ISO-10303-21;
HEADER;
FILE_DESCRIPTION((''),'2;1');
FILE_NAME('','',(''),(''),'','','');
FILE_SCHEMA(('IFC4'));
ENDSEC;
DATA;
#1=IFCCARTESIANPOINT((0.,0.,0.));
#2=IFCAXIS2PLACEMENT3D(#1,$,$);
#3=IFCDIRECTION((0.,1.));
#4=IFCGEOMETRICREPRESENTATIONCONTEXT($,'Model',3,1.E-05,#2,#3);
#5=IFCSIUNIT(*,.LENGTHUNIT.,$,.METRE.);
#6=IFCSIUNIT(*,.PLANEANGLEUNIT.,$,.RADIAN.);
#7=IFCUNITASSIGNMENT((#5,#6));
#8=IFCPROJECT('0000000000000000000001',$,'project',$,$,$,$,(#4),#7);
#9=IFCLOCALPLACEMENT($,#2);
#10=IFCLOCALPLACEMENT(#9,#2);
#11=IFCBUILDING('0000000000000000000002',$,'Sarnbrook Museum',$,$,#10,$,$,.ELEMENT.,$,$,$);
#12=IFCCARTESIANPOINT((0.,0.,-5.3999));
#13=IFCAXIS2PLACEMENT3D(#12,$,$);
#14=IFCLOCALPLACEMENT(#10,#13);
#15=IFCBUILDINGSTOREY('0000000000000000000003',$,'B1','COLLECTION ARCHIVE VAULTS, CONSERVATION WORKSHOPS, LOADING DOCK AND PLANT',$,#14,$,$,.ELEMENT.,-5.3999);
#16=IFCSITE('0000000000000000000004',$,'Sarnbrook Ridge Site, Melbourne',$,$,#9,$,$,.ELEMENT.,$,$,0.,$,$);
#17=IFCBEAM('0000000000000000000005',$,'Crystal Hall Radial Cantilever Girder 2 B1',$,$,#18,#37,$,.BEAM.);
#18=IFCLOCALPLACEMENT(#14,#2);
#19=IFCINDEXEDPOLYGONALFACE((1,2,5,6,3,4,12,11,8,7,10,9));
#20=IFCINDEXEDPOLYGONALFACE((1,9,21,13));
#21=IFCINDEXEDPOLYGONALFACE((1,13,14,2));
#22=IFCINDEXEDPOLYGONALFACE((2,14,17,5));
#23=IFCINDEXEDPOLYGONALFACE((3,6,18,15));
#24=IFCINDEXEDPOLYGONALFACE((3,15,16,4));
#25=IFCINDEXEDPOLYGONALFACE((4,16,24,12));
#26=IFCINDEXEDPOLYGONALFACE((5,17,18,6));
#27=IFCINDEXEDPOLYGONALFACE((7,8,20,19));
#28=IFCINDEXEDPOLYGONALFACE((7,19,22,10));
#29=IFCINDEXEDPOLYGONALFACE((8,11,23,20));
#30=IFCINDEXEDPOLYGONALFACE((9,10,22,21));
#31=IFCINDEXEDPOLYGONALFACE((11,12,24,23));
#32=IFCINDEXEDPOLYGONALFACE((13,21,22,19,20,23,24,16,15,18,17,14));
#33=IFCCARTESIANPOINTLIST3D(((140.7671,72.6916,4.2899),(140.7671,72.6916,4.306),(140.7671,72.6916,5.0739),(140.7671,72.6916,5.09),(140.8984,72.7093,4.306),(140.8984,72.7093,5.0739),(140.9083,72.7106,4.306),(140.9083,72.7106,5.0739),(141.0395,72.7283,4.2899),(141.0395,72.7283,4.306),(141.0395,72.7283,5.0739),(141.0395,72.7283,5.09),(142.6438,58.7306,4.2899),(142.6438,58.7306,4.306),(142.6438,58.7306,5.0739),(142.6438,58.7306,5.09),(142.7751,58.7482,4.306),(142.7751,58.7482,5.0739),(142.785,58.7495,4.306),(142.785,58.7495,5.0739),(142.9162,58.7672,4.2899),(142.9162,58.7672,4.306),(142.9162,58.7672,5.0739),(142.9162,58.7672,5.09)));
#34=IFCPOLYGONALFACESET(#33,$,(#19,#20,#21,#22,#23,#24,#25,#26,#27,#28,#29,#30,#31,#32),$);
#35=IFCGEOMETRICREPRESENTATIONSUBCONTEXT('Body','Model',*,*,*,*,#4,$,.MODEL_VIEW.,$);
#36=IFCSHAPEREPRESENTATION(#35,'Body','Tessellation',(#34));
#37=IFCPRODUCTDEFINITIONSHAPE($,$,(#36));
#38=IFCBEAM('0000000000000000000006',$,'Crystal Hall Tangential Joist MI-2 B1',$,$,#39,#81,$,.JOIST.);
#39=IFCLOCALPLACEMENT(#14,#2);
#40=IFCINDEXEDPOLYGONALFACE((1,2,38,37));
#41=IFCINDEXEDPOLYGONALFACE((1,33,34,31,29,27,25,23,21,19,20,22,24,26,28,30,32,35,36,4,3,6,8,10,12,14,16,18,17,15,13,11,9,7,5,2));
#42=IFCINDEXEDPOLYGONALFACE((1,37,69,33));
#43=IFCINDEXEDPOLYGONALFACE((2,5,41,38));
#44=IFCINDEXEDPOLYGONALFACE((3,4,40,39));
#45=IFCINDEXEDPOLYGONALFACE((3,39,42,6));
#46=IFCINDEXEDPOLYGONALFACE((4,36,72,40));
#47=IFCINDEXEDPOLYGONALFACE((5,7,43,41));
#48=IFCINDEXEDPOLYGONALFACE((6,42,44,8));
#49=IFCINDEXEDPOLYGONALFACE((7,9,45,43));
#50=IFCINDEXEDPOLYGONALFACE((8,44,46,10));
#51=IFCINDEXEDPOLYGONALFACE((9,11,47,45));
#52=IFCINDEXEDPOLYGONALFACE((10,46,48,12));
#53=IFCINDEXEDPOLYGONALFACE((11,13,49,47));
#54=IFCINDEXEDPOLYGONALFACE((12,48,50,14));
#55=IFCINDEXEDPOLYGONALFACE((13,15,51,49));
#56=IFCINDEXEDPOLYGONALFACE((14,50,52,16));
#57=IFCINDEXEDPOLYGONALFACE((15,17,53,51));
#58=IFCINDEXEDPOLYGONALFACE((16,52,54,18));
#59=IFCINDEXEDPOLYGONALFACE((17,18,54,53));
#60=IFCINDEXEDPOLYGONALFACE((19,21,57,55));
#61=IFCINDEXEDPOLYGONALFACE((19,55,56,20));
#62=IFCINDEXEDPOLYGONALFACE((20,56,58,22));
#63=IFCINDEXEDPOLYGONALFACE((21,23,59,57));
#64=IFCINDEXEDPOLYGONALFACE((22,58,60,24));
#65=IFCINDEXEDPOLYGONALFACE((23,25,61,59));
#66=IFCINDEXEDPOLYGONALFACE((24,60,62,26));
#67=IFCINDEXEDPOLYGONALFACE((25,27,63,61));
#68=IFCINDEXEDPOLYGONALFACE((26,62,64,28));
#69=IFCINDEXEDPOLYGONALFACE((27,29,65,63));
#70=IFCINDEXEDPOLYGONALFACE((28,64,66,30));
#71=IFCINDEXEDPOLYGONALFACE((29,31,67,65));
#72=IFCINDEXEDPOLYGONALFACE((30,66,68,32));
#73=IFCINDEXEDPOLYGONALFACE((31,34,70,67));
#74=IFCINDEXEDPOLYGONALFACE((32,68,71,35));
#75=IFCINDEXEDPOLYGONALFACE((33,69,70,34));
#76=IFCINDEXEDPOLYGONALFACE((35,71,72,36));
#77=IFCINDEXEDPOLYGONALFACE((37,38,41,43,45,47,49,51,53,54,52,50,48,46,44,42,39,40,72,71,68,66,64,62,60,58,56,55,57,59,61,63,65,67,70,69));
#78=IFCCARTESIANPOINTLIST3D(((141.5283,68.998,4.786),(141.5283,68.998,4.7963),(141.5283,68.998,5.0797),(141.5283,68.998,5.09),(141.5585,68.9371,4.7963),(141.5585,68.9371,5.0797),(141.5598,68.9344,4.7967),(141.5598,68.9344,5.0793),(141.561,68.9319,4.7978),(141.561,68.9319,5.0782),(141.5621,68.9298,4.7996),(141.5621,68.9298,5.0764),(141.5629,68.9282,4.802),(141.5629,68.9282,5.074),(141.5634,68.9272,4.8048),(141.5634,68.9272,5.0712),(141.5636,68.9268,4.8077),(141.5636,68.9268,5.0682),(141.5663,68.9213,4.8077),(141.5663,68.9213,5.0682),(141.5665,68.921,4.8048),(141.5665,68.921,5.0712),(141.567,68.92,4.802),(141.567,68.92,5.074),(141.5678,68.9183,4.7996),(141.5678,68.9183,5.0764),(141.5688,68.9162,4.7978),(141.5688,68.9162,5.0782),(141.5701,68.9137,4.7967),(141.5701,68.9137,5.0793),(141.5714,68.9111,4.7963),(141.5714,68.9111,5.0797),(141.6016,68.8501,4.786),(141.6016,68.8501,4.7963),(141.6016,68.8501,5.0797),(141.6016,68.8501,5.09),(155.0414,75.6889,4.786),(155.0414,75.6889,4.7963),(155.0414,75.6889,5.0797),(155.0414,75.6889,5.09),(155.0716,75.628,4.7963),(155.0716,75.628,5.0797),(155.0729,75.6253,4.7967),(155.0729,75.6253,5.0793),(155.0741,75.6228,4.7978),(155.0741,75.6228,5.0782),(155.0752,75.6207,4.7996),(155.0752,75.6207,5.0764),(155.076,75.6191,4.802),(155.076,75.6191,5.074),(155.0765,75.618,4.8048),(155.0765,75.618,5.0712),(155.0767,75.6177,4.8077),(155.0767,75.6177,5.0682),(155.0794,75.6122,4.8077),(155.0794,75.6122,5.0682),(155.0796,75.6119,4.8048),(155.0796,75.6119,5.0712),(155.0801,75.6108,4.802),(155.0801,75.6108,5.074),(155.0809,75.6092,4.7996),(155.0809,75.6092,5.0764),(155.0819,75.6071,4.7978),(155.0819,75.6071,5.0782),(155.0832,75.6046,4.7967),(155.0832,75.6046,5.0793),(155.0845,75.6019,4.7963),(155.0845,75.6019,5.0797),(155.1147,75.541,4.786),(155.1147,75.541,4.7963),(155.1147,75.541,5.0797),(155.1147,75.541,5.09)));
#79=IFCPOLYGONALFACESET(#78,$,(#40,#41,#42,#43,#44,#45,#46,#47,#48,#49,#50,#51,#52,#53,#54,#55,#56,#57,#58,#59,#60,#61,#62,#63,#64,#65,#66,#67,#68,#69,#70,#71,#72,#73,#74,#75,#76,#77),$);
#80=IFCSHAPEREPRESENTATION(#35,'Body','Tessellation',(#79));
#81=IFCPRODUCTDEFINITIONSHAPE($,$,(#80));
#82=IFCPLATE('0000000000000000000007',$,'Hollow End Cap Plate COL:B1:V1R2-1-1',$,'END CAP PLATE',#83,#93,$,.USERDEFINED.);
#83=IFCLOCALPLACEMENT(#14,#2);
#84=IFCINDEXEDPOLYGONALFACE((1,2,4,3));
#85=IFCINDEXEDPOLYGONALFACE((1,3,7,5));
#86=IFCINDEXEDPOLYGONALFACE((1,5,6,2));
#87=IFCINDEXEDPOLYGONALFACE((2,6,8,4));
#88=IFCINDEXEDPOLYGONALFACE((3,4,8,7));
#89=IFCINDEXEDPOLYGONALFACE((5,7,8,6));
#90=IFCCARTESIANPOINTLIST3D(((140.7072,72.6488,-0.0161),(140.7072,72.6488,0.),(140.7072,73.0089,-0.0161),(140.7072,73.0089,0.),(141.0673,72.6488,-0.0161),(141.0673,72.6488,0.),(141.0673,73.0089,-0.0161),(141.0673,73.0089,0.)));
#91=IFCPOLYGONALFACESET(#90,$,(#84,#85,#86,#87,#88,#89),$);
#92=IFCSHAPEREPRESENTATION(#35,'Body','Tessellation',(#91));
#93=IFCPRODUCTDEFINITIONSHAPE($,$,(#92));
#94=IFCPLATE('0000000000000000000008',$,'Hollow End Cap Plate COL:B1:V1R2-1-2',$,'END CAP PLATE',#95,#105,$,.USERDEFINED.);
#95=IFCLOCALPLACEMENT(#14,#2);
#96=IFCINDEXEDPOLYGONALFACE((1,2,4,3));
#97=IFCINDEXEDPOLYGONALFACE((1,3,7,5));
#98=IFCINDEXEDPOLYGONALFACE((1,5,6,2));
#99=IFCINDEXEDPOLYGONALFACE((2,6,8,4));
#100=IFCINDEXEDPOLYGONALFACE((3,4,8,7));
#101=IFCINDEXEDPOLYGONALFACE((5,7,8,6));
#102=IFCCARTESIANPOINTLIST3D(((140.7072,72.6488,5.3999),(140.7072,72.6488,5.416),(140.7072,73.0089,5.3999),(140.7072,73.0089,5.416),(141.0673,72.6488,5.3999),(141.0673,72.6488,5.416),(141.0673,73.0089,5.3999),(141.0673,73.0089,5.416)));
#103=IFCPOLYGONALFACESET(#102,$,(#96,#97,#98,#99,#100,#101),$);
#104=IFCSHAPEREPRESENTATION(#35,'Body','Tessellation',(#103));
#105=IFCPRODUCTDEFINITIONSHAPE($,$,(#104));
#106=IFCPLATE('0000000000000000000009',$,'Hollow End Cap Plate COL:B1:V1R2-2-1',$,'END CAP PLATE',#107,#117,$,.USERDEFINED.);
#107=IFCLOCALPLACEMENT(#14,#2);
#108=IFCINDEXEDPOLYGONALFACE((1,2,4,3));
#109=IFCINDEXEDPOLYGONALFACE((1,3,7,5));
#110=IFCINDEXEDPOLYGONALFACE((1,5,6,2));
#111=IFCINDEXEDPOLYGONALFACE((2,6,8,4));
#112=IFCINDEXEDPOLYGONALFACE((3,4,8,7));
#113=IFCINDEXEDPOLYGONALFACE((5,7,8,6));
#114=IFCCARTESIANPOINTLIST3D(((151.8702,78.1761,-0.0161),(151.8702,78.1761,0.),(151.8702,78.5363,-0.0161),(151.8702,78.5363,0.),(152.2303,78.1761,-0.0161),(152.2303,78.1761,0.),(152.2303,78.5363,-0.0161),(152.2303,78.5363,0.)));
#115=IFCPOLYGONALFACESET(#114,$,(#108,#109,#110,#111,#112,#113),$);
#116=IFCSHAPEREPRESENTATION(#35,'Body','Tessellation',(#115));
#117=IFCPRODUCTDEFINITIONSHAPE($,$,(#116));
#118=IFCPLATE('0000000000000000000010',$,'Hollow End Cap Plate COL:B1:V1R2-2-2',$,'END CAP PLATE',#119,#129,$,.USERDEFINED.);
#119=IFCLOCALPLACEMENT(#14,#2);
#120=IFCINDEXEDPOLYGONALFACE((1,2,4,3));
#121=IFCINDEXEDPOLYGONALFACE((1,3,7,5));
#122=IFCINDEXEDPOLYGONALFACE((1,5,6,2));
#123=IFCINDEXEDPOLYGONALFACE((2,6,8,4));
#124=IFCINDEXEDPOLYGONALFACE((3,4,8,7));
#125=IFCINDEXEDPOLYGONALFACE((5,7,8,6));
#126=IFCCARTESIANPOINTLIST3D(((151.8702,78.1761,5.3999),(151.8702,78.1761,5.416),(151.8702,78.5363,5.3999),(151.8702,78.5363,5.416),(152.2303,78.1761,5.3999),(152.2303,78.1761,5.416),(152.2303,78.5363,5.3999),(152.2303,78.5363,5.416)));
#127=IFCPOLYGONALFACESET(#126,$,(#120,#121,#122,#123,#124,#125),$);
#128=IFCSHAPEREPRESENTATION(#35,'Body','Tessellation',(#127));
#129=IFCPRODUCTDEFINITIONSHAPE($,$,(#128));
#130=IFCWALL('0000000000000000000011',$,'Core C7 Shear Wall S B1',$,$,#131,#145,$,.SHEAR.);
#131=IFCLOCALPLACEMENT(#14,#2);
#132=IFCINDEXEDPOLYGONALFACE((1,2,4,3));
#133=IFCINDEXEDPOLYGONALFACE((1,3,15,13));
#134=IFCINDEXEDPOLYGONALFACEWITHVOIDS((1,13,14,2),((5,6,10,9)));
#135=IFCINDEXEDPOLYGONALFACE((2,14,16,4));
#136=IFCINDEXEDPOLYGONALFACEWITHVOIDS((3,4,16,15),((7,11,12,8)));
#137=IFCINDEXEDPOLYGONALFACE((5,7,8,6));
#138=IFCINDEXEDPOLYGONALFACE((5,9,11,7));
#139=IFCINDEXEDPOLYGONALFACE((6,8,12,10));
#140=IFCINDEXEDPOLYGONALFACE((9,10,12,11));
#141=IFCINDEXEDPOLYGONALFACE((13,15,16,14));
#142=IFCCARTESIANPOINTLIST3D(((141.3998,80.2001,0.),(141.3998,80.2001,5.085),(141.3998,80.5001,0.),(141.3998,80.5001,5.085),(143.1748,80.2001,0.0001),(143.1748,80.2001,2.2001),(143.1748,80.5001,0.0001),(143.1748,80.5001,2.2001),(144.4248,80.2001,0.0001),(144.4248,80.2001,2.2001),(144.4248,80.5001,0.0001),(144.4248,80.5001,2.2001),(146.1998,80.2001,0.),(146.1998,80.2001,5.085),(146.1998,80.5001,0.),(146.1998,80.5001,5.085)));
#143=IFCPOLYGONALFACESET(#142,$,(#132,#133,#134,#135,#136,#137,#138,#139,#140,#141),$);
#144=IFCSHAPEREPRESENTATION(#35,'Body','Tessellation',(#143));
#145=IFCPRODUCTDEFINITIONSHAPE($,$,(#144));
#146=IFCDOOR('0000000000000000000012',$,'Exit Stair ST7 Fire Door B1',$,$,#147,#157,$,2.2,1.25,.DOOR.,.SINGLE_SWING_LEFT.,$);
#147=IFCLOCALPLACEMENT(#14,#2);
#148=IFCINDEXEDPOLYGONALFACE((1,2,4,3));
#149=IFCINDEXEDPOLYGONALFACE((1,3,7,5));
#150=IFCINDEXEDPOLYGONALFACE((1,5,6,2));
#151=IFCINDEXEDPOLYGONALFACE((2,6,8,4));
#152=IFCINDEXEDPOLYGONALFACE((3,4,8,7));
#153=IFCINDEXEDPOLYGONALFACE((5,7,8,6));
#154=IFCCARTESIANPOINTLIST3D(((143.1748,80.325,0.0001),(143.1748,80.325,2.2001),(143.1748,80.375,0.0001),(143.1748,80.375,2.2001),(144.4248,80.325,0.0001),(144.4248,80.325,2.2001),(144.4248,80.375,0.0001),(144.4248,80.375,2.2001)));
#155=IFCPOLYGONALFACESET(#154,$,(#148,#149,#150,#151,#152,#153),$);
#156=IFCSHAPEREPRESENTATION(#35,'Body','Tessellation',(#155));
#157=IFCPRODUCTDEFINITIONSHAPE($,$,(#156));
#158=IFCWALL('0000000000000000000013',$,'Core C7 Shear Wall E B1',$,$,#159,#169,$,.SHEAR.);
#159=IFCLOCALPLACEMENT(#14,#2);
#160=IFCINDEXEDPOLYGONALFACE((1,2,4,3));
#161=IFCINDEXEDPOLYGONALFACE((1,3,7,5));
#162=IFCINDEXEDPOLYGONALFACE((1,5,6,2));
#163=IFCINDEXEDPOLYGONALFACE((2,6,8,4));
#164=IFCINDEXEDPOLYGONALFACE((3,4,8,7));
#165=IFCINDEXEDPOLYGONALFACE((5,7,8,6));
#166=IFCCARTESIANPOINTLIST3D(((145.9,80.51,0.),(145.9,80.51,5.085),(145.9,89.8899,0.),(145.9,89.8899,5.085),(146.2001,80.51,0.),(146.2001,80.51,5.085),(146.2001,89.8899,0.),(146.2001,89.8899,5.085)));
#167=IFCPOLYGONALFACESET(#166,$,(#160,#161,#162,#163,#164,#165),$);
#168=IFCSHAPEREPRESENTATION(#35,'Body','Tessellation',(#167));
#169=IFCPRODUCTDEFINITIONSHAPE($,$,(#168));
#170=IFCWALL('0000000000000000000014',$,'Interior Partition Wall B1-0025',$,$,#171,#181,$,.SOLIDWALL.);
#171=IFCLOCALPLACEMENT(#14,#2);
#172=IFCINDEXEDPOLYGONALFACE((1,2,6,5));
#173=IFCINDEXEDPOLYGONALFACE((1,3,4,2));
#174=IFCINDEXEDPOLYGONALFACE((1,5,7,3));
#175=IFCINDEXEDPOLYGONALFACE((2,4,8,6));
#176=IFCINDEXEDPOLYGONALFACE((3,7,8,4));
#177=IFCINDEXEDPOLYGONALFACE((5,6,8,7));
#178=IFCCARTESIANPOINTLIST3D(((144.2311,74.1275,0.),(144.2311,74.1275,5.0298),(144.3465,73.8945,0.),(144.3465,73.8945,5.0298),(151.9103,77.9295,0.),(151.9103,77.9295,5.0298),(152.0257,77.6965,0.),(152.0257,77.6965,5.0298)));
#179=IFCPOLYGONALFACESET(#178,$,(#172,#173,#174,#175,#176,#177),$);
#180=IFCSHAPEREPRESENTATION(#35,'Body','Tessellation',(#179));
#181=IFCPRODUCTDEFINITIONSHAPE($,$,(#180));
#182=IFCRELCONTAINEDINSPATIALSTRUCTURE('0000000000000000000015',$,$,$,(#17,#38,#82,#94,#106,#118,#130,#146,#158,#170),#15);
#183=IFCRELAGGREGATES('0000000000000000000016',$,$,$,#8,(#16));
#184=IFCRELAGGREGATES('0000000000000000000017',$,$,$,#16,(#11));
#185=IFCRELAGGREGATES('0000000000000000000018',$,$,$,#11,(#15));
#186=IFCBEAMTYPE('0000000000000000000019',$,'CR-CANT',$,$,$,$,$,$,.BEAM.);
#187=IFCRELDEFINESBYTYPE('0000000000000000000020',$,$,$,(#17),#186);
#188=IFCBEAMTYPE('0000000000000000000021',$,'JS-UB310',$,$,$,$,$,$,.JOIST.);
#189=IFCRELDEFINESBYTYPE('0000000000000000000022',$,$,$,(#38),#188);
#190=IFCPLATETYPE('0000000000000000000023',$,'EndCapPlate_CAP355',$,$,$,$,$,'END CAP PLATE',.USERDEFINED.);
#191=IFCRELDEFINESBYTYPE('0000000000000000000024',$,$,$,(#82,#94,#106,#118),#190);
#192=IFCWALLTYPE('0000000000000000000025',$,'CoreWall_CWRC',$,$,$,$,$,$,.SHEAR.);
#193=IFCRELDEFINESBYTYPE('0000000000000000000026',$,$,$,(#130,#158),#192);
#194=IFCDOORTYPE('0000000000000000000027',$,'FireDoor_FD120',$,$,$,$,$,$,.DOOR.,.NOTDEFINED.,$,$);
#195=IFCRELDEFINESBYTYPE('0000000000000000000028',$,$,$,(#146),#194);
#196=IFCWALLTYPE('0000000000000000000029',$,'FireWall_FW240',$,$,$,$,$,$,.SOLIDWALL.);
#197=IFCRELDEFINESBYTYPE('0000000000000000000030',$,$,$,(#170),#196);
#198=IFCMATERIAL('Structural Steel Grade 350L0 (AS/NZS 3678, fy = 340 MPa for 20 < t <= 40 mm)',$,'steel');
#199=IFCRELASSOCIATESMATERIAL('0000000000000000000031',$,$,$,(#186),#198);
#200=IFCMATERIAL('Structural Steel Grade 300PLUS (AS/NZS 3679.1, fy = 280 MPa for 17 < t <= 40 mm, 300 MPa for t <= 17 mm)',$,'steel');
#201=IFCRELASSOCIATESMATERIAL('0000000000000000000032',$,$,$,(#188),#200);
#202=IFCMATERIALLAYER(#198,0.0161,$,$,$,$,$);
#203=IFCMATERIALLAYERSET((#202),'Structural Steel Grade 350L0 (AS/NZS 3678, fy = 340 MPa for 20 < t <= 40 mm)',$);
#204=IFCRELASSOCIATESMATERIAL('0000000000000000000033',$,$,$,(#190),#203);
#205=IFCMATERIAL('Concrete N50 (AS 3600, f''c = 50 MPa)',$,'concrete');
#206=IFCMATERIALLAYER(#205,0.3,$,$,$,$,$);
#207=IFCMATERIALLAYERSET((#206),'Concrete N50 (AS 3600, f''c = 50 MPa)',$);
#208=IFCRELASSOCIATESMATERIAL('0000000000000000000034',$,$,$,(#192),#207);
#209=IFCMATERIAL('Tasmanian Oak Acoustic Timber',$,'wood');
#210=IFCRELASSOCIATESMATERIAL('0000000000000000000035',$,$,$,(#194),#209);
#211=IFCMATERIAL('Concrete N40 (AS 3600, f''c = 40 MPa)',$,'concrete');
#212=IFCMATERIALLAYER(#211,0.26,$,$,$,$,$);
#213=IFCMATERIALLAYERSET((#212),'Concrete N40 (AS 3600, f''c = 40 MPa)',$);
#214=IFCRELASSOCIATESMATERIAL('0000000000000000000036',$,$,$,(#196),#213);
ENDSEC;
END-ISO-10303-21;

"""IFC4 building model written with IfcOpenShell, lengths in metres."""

from ifc_helpers import new_model, si_unit, direction, frame, frame_2d, origin, origin_2d, place, context, subcontext, project, spatial, rectangle, i_section, extrude, material, layer, layer_set, material_profile, profile_set, type_object, element, fill, save


model = new_model("IFC4")

# Units and contexts
model_context = context("Model", 3, precision=1e-05, world=origin(), true_north=direction((0.0, 1.0)))
body_context = subcontext(model_context, "Body", "Model", "MODEL_VIEW")
ifc_project = project(units=[si_unit("LENGTHUNIT", "METRE"), si_unit("PLANEANGLEUNIT", "RADIAN")], contexts=[model_context])

# Site, building, storey
site_placement = place(None, origin())
site = spatial("IfcSite", under=ifc_project, at=site_placement, Name="Sarnbrook Ridge Site, Melbourne", CompositionType="ELEMENT", RefElevation=0.0)
building_placement = place(site_placement, origin())
building = spatial("IfcBuilding", under=site, at=building_placement, Name="Sarnbrook Museum", CompositionType="ELEMENT")
storey_placement = place(building_placement, frame((0.0, 0.0, -5.3999)))
storey = spatial("IfcBuildingStorey", under=building, at=storey_placement, Name="B1", Description="COLLECTION ARCHIVE VAULTS, CONSERVATION WORKSHOPS, LOADING DOCK AND PLANT", CompositionType="ELEMENT", Elevation=-5.3999)

# Shared definitions
ifc_material_1 = material(Name="Concrete N50 (AS 3600, f'c = 50 MPa)", Category="concrete")

# Shared definitions
ifc_material_2 = material(Name="Concrete N40 (AS 3600, f'c = 40 MPa)", Category="concrete")

# Beams
ifc_material_3 = material(Name="Structural Steel Grade 300PLUS (AS/NZS 3679.1, fy = 280 MPa for 17 < t <= 40 mm, 300 MPa for t <= 17 mm)", Category="steel")
ifc_material_4 = material(Name="Structural Steel Grade 350L0 (AS/NZS 3678, fy = 340 MPa for 20 < t <= 40 mm)", Category="steel")
ifc_material_profile_1 = material_profile(ifc_material_4, i_section(OverallWidth=0.2749, OverallDepth=0.8, WebThickness=0.01, FlangeThickness=0.0161, at=origin_2d()), Name="800WB146")
ifc_profile_set_1 = profile_set([ifc_material_profile_1], Name="Structural Steel Grade 350L0 (AS/NZS 3678, fy = 340 MPa for 20 < t <= 40 mm)")
beam_type_1 = type_object("IfcBeamType", Name="CR-CANT", PredefinedType="BEAM", material=ifc_profile_set_1)
beam_1_placement = place(storey_placement, frame((140.9033, 72.71, 4.6899), z_axis=(0.133225, -0.991086, 0.0), x_axis=(0.991086, 0.133225, 0.0)))
element("IfcBeam", 1, at=beam_1_placement, inside=storey, type_object=beam_type_1, Name="Crystal Hall Radial Cantilever Girder 2 B1", PredefinedType="BEAM", context=body_context, shape_type="SweptSolid", body=[
    extrude(i_section(OverallWidth=0.2749, OverallDepth=0.8, WebThickness=0.01, FlangeThickness=0.0161, at=origin_2d()), origin(), (0.0, 0.0, 1.0), 14.0867),
])
ifc_material_profile_2 = material_profile(ifc_material_3, i_section(OverallWidth=0.165, OverallDepth=0.304, WebThickness=0.0061, FlangeThickness=0.0103, FilletRadius=0.0115, at=origin_2d()), Name="310UB40.4")
ifc_profile_set_2 = profile_set([ifc_material_profile_2], Name="Structural Steel Grade 300PLUS (AS/NZS 3679.1, fy = 280 MPa for 17 < t <= 40 mm, 300 MPa for t <= 17 mm)")
beam_type_2 = type_object("IfcBeamType", Name="JS-UB310", PredefinedType="JOIST", material=ifc_profile_set_2)
beam_2_placement = place(storey_placement, frame((141.5649, 68.9241, 4.938), z_axis=(0.896163, 0.443726, 0.0), x_axis=(-0.443726, 0.896163, 0.0)))
element("IfcBeam", 2, at=beam_2_placement, inside=storey, type_object=beam_type_2, Name="Crystal Hall Tangential Joist MI-2 B1", PredefinedType="JOIST", context=body_context, shape_type="SweptSolid", body=[
    extrude(i_section(OverallWidth=0.165, OverallDepth=0.304, WebThickness=0.0061, FlangeThickness=0.0103, FilletRadius=0.0115, at=origin_2d()), origin(), (0.0, 0.0, 1.0), 15.0789),
])

# Plates
ifc_layer_1 = layer(ifc_material_4, 0.0161)
ifc_layer_set_1 = layer_set([ifc_layer_1], Name="Structural Steel Grade 350L0 (AS/NZS 3678, fy = 340 MPa for 20 < t <= 40 mm)")
plate_type = type_object("IfcPlateType", Name="EndCapPlate_CAP355", ElementType="END CAP PLATE", PredefinedType="USERDEFINED", material=ifc_layer_set_1)
for number, where, z_axis, x_axis, name in (
    (3, (140.8872, 72.8289, -0.0161), (0.0, 0.0, 1.0), (1.0, 0.0, 0.0), "Hollow End Cap Plate COL:B1:V1R2-1-1"),
    (4, (140.8872, 72.8289, 5.3999), (0.0, 0.0, 1.0), (1.0, 0.0, 0.0), "Hollow End Cap Plate COL:B1:V1R2-1-2"),
    (5, (152.0503, 78.3562, -0.0161), (0.0, 0.0, 1.0), (1.0, 0.0, 0.0), "Hollow End Cap Plate COL:B1:V1R2-2-1"),
    (6, (152.0503, 78.3562, 5.3999), (0.0, 0.0, 1.0), (1.0, 0.0, 0.0), "Hollow End Cap Plate COL:B1:V1R2-2-2"),
):
    element("IfcPlate", number, at=place(storey_placement, frame(where, z_axis=z_axis, x_axis=x_axis)), inside=storey, type_object=plate_type, Name=name, ObjectType="END CAP PLATE", PredefinedType="USERDEFINED", context=body_context, shape_type="SweptSolid", body=[
        extrude(rectangle(XDim=0.3601, YDim=0.3601, at=origin_2d()), origin(), (0.0, 0.0, 1.0), 0.0161),
    ])

# Wall, opening, door
ifc_layer_2 = layer(ifc_material_1, 0.3)
ifc_layer_set_2 = layer_set([ifc_layer_2], Name="Concrete N50 (AS 3600, f'c = 50 MPa)")
wall_type_1 = type_object("IfcWallType", Name="CoreWall_CWRC", PredefinedType="SHEAR", material=ifc_layer_set_2)
wall_1_placement = place(storey_placement, frame((141.3999, 80.3501, 0.0), z_axis=(0.0, 0.0, 1.0), x_axis=(1.0, 0.0, 0.0)))
wall_1 = element("IfcWall", 7, at=wall_1_placement, inside=storey, type_object=wall_type_1, Name="Core C7 Shear Wall S B1", PredefinedType="SHEAR", context=body_context, shape_type="SweptSolid", body=[
    extrude(rectangle(XDim=4.8, YDim=0.3, at=frame_2d((2.3999, 0.0))), origin(), (0.0, 0.0, 1.0), 5.085),
])
opening_placement = place(wall_1_placement, frame((1.7749, 0.0, 0.0)))
opening = element("IfcOpeningElement", 8, at=opening_placement, cuts=wall_1, PredefinedType="OPENING", context=body_context, shape_type="SweptSolid", body=[
    extrude(rectangle(XDim=1.25, YDim=2.2, at=frame_2d((0.625, 1.1001))), frame((0.0, 0.1602, 0.0), z_axis=(0.0, -1.0, 0.0), x_axis=(1.0, 0.0, 0.0)), (0.0, 0.0, 1.0), 0.3201),
])
ifc_material_5 = material(Name="Tasmanian Oak Acoustic Timber", Category="wood")
door_type = type_object("IfcDoorType", Name="FireDoor_FD120", OperationType="NOTDEFINED", PredefinedType="DOOR", material=ifc_material_5)
door_placement = place(opening_placement, origin())
door = element("IfcDoor", 9, at=door_placement, inside=storey, type_object=door_type, Name="Exit Stair ST7 Fire Door B1", OperationType="SINGLE_SWING_LEFT", OverallHeight=2.2, OverallWidth=1.25, PredefinedType="DOOR", context=body_context, shape_type="SweptSolid", body=[
    extrude(rectangle(XDim=1.25, YDim=2.2, at=frame_2d((0.625, 1.1001))), frame((0.0, 0.0249, 0.0), z_axis=(0.0, -1.0, 0.0), x_axis=(1.0, 0.0, 0.0)), (0.0, 0.0, 1.0), 0.05),
])
fill(opening, door)

# Walls
wall_2_placement = place(storey_placement, frame((146.05, 80.51, 0.0), z_axis=(0.0, 0.0, 1.0), x_axis=(0.0, 1.0, 0.0)))
element("IfcWall", 10, at=wall_2_placement, inside=storey, type_object=wall_type_1, Name="Core C7 Shear Wall E B1", PredefinedType="SHEAR", context=body_context, shape_type="SweptSolid", body=[
    extrude(rectangle(XDim=9.3799, YDim=0.3, at=frame_2d((4.6899, 0.0))), origin(), (0.0, 0.0, 1.0), 5.085),
])
ifc_layer_3 = layer(ifc_material_2, 0.26)
ifc_layer_set_3 = layer_set([ifc_layer_3], Name="Concrete N40 (AS 3600, f'c = 40 MPa)")
wall_type_2 = type_object("IfcWallType", Name="FireWall_FW240", PredefinedType="SOLIDWALL", material=ifc_layer_set_3)
wall_3_placement = place(storey_placement, frame((144.2888, 74.011, 0.0), z_axis=(0.0, 0.0, 1.0), x_axis=(0.896175, 0.4437, 0.0)))
element("IfcWall", 11, at=wall_3_placement, inside=storey, type_object=wall_type_2, Name="Interior Partition Wall B1-0025", PredefinedType="SOLIDWALL", context=body_context, shape_type="SweptSolid", body=[
    extrude(rectangle(XDim=8.5688, YDim=0.26, at=frame_2d((4.2844, 0.0))), origin(), (0.0, 0.0, 1.0), 5.0298),
])

save(model, "model.ifc")
